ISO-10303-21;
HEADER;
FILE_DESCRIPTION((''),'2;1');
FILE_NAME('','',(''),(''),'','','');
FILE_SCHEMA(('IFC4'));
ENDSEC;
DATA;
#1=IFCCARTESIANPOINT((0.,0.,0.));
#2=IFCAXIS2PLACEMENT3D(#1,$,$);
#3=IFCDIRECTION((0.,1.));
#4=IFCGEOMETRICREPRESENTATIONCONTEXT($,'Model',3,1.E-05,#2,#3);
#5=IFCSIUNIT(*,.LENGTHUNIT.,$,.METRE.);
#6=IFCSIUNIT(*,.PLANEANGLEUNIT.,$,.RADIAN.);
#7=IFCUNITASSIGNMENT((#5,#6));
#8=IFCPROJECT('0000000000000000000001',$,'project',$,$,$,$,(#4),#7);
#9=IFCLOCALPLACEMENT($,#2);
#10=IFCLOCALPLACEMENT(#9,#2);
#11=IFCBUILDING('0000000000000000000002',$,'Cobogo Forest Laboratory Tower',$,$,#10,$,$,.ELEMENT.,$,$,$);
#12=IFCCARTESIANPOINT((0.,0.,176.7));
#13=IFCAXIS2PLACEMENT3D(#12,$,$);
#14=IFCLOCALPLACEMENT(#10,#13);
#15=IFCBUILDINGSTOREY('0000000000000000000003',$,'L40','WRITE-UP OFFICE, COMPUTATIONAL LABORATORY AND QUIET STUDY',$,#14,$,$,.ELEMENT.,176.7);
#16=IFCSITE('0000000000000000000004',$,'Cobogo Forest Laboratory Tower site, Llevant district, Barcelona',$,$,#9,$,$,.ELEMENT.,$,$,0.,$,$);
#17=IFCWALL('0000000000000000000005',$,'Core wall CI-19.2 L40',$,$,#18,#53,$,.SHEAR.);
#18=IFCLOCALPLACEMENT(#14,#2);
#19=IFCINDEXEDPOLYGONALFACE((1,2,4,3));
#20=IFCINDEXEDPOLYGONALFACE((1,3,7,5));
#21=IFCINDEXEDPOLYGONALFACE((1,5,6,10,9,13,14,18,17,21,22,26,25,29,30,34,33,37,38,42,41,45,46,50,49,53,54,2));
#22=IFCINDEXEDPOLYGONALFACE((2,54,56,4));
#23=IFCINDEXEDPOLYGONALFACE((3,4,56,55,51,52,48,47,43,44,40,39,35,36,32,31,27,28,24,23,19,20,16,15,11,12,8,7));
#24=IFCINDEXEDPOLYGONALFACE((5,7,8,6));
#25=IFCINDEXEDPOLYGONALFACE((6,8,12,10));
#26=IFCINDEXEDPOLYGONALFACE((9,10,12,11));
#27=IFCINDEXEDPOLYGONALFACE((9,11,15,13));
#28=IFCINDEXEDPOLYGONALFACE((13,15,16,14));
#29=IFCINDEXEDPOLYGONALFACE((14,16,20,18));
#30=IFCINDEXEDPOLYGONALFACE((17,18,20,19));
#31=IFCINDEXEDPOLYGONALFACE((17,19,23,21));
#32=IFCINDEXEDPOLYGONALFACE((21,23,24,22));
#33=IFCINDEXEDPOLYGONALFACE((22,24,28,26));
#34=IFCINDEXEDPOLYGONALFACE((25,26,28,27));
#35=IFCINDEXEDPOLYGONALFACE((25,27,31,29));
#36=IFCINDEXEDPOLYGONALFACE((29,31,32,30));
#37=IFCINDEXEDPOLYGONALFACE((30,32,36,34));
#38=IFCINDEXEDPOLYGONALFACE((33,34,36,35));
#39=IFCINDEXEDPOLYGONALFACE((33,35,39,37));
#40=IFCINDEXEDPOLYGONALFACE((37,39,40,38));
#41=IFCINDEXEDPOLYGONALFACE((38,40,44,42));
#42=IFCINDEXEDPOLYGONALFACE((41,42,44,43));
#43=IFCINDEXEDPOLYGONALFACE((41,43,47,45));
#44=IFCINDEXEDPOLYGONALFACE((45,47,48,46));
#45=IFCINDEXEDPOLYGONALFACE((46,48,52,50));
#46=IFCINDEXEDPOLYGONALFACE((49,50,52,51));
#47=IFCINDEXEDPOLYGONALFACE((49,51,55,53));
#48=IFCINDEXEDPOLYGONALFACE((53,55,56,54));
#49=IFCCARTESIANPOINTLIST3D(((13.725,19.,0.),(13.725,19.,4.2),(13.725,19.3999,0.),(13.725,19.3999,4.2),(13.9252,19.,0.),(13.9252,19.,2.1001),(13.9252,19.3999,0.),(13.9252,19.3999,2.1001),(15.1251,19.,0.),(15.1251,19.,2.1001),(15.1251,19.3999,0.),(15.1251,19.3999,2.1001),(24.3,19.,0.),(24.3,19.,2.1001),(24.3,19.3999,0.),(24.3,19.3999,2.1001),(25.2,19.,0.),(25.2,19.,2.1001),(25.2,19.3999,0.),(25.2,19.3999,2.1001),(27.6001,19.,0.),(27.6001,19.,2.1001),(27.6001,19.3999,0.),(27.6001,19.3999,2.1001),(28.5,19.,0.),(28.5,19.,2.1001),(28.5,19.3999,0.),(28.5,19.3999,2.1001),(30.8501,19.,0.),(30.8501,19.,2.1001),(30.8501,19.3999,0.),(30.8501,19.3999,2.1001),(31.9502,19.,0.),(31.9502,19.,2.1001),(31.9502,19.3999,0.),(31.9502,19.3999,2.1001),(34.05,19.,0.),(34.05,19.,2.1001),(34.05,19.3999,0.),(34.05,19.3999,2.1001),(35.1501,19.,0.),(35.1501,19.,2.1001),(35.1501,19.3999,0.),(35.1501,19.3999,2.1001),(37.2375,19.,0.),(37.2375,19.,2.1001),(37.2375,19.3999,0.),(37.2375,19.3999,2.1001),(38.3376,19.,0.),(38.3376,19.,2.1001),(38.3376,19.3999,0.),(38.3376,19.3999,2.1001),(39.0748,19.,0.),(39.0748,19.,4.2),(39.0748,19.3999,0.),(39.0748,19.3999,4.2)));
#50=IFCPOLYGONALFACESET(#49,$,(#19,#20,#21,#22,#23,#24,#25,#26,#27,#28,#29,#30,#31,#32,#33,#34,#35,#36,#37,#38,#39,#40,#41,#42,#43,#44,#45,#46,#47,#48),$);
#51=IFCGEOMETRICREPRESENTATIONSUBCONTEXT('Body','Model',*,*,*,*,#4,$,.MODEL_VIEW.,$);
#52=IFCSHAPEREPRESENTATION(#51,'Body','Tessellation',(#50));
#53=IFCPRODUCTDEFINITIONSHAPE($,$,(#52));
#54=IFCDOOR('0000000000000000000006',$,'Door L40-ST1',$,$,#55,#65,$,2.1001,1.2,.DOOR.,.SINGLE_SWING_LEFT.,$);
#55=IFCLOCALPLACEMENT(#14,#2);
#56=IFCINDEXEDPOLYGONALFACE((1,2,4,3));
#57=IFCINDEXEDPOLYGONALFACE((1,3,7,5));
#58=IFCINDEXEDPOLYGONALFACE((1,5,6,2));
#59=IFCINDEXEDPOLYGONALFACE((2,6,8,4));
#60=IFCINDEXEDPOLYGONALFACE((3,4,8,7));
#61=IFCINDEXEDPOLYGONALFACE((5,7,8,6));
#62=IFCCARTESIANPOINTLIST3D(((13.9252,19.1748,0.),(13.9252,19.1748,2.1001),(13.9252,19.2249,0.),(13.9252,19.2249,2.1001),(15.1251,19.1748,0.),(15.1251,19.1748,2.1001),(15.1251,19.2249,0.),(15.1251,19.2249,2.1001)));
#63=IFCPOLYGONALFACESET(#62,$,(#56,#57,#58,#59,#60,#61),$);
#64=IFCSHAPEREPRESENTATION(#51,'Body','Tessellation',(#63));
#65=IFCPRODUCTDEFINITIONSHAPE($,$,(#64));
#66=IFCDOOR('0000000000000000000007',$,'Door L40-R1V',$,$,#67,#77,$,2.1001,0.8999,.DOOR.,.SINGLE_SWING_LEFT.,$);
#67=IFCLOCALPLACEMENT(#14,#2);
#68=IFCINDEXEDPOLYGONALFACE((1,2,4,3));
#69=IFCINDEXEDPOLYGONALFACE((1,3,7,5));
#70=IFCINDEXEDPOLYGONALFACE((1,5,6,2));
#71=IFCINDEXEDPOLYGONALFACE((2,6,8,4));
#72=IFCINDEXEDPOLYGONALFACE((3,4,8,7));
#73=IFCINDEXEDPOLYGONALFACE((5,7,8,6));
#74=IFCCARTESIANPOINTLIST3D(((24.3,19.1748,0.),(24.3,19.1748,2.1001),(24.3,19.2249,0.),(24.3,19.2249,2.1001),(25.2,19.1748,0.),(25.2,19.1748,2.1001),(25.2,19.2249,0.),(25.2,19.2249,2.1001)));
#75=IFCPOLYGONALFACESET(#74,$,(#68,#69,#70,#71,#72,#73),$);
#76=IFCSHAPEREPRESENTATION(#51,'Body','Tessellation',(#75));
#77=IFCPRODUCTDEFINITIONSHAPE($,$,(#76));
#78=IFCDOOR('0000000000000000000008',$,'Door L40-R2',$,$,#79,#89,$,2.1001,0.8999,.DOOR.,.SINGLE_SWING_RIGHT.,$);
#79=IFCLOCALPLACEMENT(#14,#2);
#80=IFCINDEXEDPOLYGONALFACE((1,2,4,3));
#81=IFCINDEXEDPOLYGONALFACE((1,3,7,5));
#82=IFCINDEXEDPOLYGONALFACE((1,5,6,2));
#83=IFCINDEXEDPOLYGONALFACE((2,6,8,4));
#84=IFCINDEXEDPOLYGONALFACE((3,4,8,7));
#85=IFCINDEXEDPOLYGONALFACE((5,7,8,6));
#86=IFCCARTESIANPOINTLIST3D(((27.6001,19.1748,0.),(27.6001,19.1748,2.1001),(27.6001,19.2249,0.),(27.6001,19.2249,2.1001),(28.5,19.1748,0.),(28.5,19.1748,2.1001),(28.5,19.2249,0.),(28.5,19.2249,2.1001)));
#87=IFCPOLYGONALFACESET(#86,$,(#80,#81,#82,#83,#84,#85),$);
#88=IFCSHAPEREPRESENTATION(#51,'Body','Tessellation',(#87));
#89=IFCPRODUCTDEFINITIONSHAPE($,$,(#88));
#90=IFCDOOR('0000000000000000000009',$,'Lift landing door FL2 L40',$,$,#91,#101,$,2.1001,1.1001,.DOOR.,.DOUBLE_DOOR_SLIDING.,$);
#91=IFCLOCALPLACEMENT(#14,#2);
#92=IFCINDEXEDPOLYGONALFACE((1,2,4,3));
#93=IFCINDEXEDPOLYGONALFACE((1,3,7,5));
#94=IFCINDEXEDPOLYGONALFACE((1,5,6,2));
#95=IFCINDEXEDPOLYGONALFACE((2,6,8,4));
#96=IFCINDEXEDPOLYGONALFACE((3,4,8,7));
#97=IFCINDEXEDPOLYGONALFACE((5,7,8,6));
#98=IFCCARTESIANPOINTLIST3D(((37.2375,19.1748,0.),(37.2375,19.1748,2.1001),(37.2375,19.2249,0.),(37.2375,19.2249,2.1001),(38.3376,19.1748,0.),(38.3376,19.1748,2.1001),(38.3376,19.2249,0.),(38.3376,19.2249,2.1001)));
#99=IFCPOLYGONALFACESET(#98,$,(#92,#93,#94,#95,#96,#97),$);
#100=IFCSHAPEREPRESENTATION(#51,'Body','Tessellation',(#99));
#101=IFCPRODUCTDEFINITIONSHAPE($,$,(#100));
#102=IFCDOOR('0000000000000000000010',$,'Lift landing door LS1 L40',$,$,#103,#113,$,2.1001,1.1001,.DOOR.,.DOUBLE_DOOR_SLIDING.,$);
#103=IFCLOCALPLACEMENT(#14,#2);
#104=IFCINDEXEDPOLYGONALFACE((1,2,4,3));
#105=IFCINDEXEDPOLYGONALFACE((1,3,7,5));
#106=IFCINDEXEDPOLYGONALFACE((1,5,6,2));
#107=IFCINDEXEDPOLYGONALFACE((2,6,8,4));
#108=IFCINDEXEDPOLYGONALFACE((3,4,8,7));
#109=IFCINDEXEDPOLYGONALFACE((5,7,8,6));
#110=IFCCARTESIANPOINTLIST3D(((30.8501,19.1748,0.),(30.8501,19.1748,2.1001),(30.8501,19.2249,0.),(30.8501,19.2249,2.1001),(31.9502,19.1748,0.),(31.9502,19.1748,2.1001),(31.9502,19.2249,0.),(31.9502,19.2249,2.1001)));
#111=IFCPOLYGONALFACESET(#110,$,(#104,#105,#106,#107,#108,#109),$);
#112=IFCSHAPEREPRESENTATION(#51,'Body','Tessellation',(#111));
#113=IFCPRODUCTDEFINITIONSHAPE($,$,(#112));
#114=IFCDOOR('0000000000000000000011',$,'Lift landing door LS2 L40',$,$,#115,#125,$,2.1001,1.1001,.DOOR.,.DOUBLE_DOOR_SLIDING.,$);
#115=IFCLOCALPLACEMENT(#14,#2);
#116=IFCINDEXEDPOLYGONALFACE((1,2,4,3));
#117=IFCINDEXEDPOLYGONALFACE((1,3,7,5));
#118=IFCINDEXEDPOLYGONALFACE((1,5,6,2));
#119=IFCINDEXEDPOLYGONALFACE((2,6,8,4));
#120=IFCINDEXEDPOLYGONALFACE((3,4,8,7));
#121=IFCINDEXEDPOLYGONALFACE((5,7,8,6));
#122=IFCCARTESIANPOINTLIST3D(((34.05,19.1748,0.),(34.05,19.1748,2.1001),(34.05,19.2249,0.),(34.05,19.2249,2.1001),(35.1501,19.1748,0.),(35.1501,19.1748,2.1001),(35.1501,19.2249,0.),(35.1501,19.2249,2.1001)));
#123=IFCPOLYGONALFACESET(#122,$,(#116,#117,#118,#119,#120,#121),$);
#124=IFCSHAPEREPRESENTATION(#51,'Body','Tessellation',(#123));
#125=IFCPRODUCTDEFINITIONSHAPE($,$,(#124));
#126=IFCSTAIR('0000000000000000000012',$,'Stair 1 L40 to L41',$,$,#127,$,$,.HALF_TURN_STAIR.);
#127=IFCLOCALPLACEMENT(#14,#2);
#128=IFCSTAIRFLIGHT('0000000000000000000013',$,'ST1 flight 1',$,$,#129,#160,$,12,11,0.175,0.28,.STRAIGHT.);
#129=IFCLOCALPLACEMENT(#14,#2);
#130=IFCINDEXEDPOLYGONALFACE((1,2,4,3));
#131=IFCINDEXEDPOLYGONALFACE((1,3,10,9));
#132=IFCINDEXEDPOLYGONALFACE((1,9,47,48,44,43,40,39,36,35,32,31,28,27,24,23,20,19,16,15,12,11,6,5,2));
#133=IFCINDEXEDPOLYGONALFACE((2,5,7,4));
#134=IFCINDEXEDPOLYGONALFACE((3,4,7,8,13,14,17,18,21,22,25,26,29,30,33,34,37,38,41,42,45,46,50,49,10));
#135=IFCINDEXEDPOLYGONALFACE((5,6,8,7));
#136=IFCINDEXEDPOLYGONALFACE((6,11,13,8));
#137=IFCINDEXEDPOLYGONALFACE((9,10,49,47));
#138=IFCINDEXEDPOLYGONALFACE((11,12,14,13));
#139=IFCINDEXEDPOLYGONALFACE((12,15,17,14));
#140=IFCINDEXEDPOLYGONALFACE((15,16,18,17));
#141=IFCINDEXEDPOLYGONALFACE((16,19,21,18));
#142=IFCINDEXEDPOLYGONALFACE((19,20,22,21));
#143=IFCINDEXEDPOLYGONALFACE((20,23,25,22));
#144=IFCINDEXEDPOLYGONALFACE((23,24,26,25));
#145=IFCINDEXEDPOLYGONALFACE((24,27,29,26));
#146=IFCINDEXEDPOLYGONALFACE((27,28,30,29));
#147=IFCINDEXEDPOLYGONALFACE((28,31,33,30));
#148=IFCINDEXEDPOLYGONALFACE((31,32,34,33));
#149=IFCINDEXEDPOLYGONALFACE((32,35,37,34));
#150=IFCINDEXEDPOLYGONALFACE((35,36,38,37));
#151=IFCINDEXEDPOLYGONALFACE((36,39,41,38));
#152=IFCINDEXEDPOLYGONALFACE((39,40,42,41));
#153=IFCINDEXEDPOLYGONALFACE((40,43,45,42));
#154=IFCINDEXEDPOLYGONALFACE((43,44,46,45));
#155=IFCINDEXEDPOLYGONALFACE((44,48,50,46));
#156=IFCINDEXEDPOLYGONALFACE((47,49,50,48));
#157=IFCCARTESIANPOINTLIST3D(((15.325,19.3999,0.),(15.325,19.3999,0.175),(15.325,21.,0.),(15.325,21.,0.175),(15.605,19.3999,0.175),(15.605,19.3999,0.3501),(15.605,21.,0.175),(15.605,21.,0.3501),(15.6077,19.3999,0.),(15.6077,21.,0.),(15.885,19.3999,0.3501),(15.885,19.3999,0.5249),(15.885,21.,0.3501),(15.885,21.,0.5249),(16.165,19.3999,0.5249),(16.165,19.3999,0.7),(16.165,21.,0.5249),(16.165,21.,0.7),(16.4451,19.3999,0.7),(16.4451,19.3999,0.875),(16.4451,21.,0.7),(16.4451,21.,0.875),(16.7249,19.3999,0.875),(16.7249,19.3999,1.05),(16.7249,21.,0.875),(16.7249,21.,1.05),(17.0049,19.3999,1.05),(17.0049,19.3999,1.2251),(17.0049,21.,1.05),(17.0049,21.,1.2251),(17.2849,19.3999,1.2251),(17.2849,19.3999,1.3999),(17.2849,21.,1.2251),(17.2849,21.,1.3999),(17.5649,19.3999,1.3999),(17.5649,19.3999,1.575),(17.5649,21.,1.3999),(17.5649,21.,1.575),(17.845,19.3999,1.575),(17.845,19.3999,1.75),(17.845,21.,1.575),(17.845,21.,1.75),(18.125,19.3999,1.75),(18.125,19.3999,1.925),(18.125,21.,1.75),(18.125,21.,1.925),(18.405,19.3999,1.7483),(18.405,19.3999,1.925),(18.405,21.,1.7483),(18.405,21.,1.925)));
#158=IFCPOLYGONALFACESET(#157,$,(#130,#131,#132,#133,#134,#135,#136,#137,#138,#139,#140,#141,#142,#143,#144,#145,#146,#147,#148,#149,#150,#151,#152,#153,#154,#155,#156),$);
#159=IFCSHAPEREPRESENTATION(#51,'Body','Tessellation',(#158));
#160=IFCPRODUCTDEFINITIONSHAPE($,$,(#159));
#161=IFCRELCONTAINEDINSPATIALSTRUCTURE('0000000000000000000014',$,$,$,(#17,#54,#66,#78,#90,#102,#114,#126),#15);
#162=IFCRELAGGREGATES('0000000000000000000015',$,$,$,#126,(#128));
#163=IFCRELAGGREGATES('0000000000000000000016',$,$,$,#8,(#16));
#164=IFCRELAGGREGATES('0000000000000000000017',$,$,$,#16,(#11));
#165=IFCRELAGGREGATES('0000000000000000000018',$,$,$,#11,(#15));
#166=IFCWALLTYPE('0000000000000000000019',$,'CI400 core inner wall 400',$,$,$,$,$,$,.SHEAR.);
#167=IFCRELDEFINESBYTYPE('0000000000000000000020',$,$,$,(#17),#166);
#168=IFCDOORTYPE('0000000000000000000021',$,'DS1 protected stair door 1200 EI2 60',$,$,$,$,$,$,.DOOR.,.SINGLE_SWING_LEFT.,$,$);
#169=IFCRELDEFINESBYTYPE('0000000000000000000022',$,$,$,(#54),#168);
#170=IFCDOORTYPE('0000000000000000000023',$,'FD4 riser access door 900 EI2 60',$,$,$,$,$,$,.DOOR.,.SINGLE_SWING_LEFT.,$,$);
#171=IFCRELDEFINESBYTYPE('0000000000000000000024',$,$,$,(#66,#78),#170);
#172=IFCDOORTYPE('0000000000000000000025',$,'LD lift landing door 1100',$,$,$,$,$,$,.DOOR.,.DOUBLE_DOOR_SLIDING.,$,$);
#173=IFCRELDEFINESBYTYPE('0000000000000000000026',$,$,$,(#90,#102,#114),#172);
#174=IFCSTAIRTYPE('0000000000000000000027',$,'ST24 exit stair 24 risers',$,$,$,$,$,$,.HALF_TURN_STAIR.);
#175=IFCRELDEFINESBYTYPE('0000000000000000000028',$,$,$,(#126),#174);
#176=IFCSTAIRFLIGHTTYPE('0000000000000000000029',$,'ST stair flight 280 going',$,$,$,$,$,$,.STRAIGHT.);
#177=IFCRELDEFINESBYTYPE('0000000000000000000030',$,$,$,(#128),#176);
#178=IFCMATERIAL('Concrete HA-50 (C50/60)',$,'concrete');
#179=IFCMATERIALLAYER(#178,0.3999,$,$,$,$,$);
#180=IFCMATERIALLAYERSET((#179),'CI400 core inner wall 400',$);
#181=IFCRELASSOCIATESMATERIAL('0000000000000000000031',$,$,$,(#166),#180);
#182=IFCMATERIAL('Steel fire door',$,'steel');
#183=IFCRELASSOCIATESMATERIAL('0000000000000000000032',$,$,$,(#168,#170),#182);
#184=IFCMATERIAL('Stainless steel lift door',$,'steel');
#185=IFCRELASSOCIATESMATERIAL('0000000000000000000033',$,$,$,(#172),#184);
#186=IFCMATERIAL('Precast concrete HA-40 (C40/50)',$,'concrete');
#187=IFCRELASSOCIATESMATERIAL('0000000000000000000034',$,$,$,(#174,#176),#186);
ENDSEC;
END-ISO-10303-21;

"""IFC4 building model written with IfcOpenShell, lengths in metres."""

from ifc_helpers import new_model, si_unit, direction, frame, frame_2d, origin, place, context, subcontext, project, spatial, polyline, rectangle, outline, extrude, material, layer, layer_set, type_object, element, fill, aggregate, save


model = new_model("IFC4")

# Units and contexts
model_context = context("Model", 3, precision=1e-05, world=origin(), true_north=direction((0.0, 1.0)))
body_context = subcontext(model_context, "Body", "Model", "MODEL_VIEW")
ifc_project = project(units=[si_unit("LENGTHUNIT", "METRE"), si_unit("PLANEANGLEUNIT", "RADIAN")], contexts=[model_context])

# Site, building, storey
site_placement = place(None, origin())
site = spatial("IfcSite", under=ifc_project, at=site_placement, Name="Cobogo Forest Laboratory Tower site, Llevant district, Barcelona", CompositionType="ELEMENT", RefElevation=0.0)
building_placement = place(site_placement, origin())
building = spatial("IfcBuilding", under=site, at=building_placement, Name="Cobogo Forest Laboratory Tower", CompositionType="ELEMENT")
storey_placement = place(building_placement, frame((0.0, 0.0, 176.7)))
storey = spatial("IfcBuildingStorey", under=building, at=storey_placement, Name="L40", Description="WRITE-UP OFFICE, COMPUTATIONAL LABORATORY AND QUIET STUDY", CompositionType="ELEMENT", Elevation=176.7)

# Wall, openings, doors
ifc_material_1 = material(Name="Concrete HA-50 (C50/60)", Category="concrete")
ifc_layer = layer(ifc_material_1, 0.3999)
ifc_layer_set = layer_set([ifc_layer], Name="CI400 core inner wall 400")
wall_type = type_object("IfcWallType", Name="CI400 core inner wall 400", PredefinedType="SHEAR", material=ifc_layer_set)
ifc_material_2 = material(Name="Steel fire door", Category="steel")
wall_1_placement = place(storey_placement, frame((13.7251, 19.2, 0.0), z_axis=(0.0, 0.0, 1.0), x_axis=(1.0, 0.0, 0.0)))
wall_1 = element("IfcWall", 1, at=wall_1_placement, inside=storey, type_object=wall_type, Name="Core wall CI-19.2 L40", PredefinedType="SHEAR", context=body_context, shape_type="SweptSolid", body=[
    extrude(rectangle(XDim=25.3499, YDim=0.3999, at=frame_2d((12.6748, 0.0))), origin(), (0.0, 0.0, 1.0), 4.2),
])
opening_1_placement = place(wall_1_placement, frame((10.575, 0.0, 0.0)))
opening_1 = element("IfcOpeningElement", 2, at=opening_1_placement, cuts=wall_1, PredefinedType="OPENING", context=body_context, shape_type="SweptSolid", body=[
    extrude(rectangle(XDim=0.8999, YDim=2.1001, at=frame_2d((0.45, 1.05))), frame((0.0, 0.21, 0.0), z_axis=(0.0, -1.0, 0.0), x_axis=(1.0, 0.0, 0.0)), (0.0, 0.0, 1.0), 0.4199),
])
opening_2_placement = place(wall_1_placement, frame((13.875, 0.0, 0.0)))
opening_2 = element("IfcOpeningElement", 3, at=opening_2_placement, cuts=wall_1, PredefinedType="OPENING", context=body_context, shape_type="SweptSolid", body=[
    extrude(rectangle(XDim=0.8999, YDim=2.1001, at=frame_2d((0.45, 1.05))), frame((0.0, 0.21, 0.0), z_axis=(0.0, -1.0, 0.0), x_axis=(1.0, 0.0, 0.0)), (0.0, 0.0, 1.0), 0.4199),
])
opening_3_placement = place(wall_1_placement, frame((0.2, 0.0, 0.0)))
opening_3 = element("IfcOpeningElement", 4, at=opening_3_placement, cuts=wall_1, PredefinedType="OPENING", context=body_context, shape_type="SweptSolid", body=[
    extrude(rectangle(XDim=1.2, YDim=2.1001, at=frame_2d((0.6001, 1.05))), frame((0.0, 0.21, 0.0), z_axis=(0.0, -1.0, 0.0), x_axis=(1.0, 0.0, 0.0)), (0.0, 0.0, 1.0), 0.4199),
])
opening_4_placement = place(wall_1_placement, frame((23.5125, 0.0, 0.0)))
opening_4 = element("IfcOpeningElement", 5, at=opening_4_placement, cuts=wall_1, PredefinedType="OPENING", context=body_context, shape_type="SweptSolid", body=[
    extrude(rectangle(XDim=1.1001, YDim=2.1001, at=frame_2d((0.55, 1.05))), frame((0.0, 0.21, 0.0), z_axis=(0.0, -1.0, 0.0), x_axis=(1.0, 0.0, 0.0)), (0.0, 0.0, 1.0), 0.4199),
])
opening_5_placement = place(wall_1_placement, frame((17.125, 0.0, 0.0)))
opening_5 = element("IfcOpeningElement", 6, at=opening_5_placement, cuts=wall_1, PredefinedType="OPENING", context=body_context, shape_type="SweptSolid", body=[
    extrude(rectangle(XDim=1.1001, YDim=2.1001, at=frame_2d((0.55, 1.05))), frame((0.0, 0.21, 0.0), z_axis=(0.0, -1.0, 0.0), x_axis=(1.0, 0.0, 0.0)), (0.0, 0.0, 1.0), 0.4199),
])
opening_6_placement = place(wall_1_placement, frame((20.325, 0.0, 0.0)))
opening_6 = element("IfcOpeningElement", 7, at=opening_6_placement, cuts=wall_1, PredefinedType="OPENING", context=body_context, shape_type="SweptSolid", body=[
    extrude(rectangle(XDim=1.1001, YDim=2.1001, at=frame_2d((0.55, 1.05))), frame((0.0, 0.21, 0.0), z_axis=(0.0, -1.0, 0.0), x_axis=(1.0, 0.0, 0.0)), (0.0, 0.0, 1.0), 0.4199),
])
door_type_1 = type_object("IfcDoorType", Name="DS1 protected stair door 1200 EI2 60", OperationType="SINGLE_SWING_LEFT", PredefinedType="DOOR", material=ifc_material_2)
door_1_placement = place(opening_3_placement, origin())
door_1 = element("IfcDoor", 8, at=door_1_placement, inside=storey, type_object=door_type_1, Name="Door L40-ST1", OperationType="SINGLE_SWING_LEFT", OverallHeight=2.1001, OverallWidth=1.2, PredefinedType="DOOR", context=body_context, shape_type="SweptSolid", body=[
    extrude(rectangle(XDim=1.2, YDim=2.1001, at=frame_2d((0.6001, 1.05))), frame((0.0, 0.0249, 0.0), z_axis=(0.0, -1.0, 0.0), x_axis=(1.0, 0.0, 0.0)), (0.0, 0.0, 1.0), 0.05),
])
fill(opening_3, door_1)
door_type_2 = type_object("IfcDoorType", Name="FD4 riser access door 900 EI2 60", OperationType="SINGLE_SWING_LEFT", PredefinedType="DOOR", material=ifc_material_2)
door_2_placement = place(opening_1_placement, origin())
door_2 = element("IfcDoor", 9, at=door_2_placement, inside=storey, type_object=door_type_2, Name="Door L40-R1V", OperationType="SINGLE_SWING_LEFT", OverallHeight=2.1001, OverallWidth=0.8999, PredefinedType="DOOR", context=body_context, shape_type="SweptSolid", body=[
    extrude(rectangle(XDim=0.8999, YDim=2.1001, at=frame_2d((0.45, 1.05))), frame((0.0, 0.0249, 0.0), z_axis=(0.0, -1.0, 0.0), x_axis=(1.0, 0.0, 0.0)), (0.0, 0.0, 1.0), 0.05),
])
fill(opening_1, door_2)
door_3_placement = place(opening_2_placement, origin())
door_3 = element("IfcDoor", 10, at=door_3_placement, inside=storey, type_object=door_type_2, Name="Door L40-R2", OperationType="SINGLE_SWING_RIGHT", OverallHeight=2.1001, OverallWidth=0.8999, PredefinedType="DOOR", context=body_context, shape_type="SweptSolid", body=[
    extrude(rectangle(XDim=0.8999, YDim=2.1001, at=frame_2d((0.45, 1.05))), frame((0.0, 0.0249, 0.0), z_axis=(0.0, -1.0, 0.0), x_axis=(1.0, 0.0, 0.0)), (0.0, 0.0, 1.0), 0.05),
])
fill(opening_2, door_3)
ifc_material_3 = material(Name="Stainless steel lift door", Category="steel")
door_type_3 = type_object("IfcDoorType", Name="LD lift landing door 1100", OperationType="DOUBLE_DOOR_SLIDING", PredefinedType="DOOR", material=ifc_material_3)
door_4_placement = place(opening_4_placement, origin())
door_4 = element("IfcDoor", 11, at=door_4_placement, inside=storey, type_object=door_type_3, Name="Lift landing door FL2 L40", OperationType="DOUBLE_DOOR_SLIDING", OverallHeight=2.1001, OverallWidth=1.1001, PredefinedType="DOOR", context=body_context, shape_type="SweptSolid", body=[
    extrude(rectangle(XDim=1.1001, YDim=2.1001, at=frame_2d((0.55, 1.05))), frame((0.0, 0.0249, 0.0), z_axis=(0.0, -1.0, 0.0), x_axis=(1.0, 0.0, 0.0)), (0.0, 0.0, 1.0), 0.05),
])
fill(opening_4, door_4)
door_5_placement = place(opening_5_placement, origin())
door_5 = element("IfcDoor", 12, at=door_5_placement, inside=storey, type_object=door_type_3, Name="Lift landing door LS1 L40", OperationType="DOUBLE_DOOR_SLIDING", OverallHeight=2.1001, OverallWidth=1.1001, PredefinedType="DOOR", context=body_context, shape_type="SweptSolid", body=[
    extrude(rectangle(XDim=1.1001, YDim=2.1001, at=frame_2d((0.55, 1.05))), frame((0.0, 0.0249, 0.0), z_axis=(0.0, -1.0, 0.0), x_axis=(1.0, 0.0, 0.0)), (0.0, 0.0, 1.0), 0.05),
])
fill(opening_5, door_5)
door_6_placement = place(opening_6_placement, origin())
door_6 = element("IfcDoor", 13, at=door_6_placement, inside=storey, type_object=door_type_3, Name="Lift landing door LS2 L40", OperationType="DOUBLE_DOOR_SLIDING", OverallHeight=2.1001, OverallWidth=1.1001, PredefinedType="DOOR", context=body_context, shape_type="SweptSolid", body=[
    extrude(rectangle(XDim=1.1001, YDim=2.1001, at=frame_2d((0.55, 1.05))), frame((0.0, 0.0249, 0.0), z_axis=(0.0, -1.0, 0.0), x_axis=(1.0, 0.0, 0.0)), (0.0, 0.0, 1.0), 0.05),
])
fill(opening_6, door_6)

# Stair, stair flight
ifc_material_4 = material(Name="Precast concrete HA-40 (C40/50)", Category="concrete")
stair_type = type_object("IfcStairType", Name="ST24 exit stair 24 risers", PredefinedType="HALF_TURN_STAIR", material=ifc_material_4)
stair_placement = place(storey_placement, origin())
stair = element("IfcStair", 14, at=stair_placement, inside=storey, type_object=stair_type, Name="Stair 1 L40 to L41", PredefinedType="HALF_TURN_STAIR")
stair_flight_type = type_object("IfcStairFlightType", Name="ST stair flight 280 going", PredefinedType="STRAIGHT", material=ifc_material_4)
stair_flight_placement = place(storey_placement, frame((15.325, 20.2, 0.0), z_axis=(0.0, 0.0, 1.0), x_axis=(1.0, 0.0, 0.0)))
stair_flight = element("IfcStairFlight", 15, at=stair_flight_placement, type_object=stair_flight_type, Name="ST1 flight 1", NumberOfRisers=12, NumberOfTreads=11, PredefinedType="STRAIGHT", RiserHeight=0.175, TreadLength=0.28, context=body_context, shape_type="SweptSolid", body=[
    extrude(outline(polyline([(0.0, 0.0), (0.0, 0.175), (0.28, 0.175), (0.28, 0.3501), (0.5601, 0.3501), (0.5601, 0.5249), (0.8401, 0.5249), (0.8401, 0.7), (1.1201, 0.7), (1.1201, 0.875), (1.3999, 0.875), (1.3999, 1.05), (1.6799, 1.05), (1.6799, 1.2251), (1.96, 1.2251), (1.96, 1.3999), (2.24, 1.3999), (2.24, 1.575), (2.52, 1.575), (2.52, 1.75), (2.8, 1.75), (2.8, 1.925), (3.0801, 1.925), (3.0801, 2.1001), (3.0801, 1.7483), (0.2827, 0.0), (0.0, 0.0)])), frame((0.0, 0.8, 0.0), z_axis=(0.0, -1.0, 0.0), x_axis=(1.0, 0.0, 0.0)), (0.0, 0.0, 1.0), 1.6001),
])
aggregate(stair, [stair_flight])

save(model, "model.ifc")
